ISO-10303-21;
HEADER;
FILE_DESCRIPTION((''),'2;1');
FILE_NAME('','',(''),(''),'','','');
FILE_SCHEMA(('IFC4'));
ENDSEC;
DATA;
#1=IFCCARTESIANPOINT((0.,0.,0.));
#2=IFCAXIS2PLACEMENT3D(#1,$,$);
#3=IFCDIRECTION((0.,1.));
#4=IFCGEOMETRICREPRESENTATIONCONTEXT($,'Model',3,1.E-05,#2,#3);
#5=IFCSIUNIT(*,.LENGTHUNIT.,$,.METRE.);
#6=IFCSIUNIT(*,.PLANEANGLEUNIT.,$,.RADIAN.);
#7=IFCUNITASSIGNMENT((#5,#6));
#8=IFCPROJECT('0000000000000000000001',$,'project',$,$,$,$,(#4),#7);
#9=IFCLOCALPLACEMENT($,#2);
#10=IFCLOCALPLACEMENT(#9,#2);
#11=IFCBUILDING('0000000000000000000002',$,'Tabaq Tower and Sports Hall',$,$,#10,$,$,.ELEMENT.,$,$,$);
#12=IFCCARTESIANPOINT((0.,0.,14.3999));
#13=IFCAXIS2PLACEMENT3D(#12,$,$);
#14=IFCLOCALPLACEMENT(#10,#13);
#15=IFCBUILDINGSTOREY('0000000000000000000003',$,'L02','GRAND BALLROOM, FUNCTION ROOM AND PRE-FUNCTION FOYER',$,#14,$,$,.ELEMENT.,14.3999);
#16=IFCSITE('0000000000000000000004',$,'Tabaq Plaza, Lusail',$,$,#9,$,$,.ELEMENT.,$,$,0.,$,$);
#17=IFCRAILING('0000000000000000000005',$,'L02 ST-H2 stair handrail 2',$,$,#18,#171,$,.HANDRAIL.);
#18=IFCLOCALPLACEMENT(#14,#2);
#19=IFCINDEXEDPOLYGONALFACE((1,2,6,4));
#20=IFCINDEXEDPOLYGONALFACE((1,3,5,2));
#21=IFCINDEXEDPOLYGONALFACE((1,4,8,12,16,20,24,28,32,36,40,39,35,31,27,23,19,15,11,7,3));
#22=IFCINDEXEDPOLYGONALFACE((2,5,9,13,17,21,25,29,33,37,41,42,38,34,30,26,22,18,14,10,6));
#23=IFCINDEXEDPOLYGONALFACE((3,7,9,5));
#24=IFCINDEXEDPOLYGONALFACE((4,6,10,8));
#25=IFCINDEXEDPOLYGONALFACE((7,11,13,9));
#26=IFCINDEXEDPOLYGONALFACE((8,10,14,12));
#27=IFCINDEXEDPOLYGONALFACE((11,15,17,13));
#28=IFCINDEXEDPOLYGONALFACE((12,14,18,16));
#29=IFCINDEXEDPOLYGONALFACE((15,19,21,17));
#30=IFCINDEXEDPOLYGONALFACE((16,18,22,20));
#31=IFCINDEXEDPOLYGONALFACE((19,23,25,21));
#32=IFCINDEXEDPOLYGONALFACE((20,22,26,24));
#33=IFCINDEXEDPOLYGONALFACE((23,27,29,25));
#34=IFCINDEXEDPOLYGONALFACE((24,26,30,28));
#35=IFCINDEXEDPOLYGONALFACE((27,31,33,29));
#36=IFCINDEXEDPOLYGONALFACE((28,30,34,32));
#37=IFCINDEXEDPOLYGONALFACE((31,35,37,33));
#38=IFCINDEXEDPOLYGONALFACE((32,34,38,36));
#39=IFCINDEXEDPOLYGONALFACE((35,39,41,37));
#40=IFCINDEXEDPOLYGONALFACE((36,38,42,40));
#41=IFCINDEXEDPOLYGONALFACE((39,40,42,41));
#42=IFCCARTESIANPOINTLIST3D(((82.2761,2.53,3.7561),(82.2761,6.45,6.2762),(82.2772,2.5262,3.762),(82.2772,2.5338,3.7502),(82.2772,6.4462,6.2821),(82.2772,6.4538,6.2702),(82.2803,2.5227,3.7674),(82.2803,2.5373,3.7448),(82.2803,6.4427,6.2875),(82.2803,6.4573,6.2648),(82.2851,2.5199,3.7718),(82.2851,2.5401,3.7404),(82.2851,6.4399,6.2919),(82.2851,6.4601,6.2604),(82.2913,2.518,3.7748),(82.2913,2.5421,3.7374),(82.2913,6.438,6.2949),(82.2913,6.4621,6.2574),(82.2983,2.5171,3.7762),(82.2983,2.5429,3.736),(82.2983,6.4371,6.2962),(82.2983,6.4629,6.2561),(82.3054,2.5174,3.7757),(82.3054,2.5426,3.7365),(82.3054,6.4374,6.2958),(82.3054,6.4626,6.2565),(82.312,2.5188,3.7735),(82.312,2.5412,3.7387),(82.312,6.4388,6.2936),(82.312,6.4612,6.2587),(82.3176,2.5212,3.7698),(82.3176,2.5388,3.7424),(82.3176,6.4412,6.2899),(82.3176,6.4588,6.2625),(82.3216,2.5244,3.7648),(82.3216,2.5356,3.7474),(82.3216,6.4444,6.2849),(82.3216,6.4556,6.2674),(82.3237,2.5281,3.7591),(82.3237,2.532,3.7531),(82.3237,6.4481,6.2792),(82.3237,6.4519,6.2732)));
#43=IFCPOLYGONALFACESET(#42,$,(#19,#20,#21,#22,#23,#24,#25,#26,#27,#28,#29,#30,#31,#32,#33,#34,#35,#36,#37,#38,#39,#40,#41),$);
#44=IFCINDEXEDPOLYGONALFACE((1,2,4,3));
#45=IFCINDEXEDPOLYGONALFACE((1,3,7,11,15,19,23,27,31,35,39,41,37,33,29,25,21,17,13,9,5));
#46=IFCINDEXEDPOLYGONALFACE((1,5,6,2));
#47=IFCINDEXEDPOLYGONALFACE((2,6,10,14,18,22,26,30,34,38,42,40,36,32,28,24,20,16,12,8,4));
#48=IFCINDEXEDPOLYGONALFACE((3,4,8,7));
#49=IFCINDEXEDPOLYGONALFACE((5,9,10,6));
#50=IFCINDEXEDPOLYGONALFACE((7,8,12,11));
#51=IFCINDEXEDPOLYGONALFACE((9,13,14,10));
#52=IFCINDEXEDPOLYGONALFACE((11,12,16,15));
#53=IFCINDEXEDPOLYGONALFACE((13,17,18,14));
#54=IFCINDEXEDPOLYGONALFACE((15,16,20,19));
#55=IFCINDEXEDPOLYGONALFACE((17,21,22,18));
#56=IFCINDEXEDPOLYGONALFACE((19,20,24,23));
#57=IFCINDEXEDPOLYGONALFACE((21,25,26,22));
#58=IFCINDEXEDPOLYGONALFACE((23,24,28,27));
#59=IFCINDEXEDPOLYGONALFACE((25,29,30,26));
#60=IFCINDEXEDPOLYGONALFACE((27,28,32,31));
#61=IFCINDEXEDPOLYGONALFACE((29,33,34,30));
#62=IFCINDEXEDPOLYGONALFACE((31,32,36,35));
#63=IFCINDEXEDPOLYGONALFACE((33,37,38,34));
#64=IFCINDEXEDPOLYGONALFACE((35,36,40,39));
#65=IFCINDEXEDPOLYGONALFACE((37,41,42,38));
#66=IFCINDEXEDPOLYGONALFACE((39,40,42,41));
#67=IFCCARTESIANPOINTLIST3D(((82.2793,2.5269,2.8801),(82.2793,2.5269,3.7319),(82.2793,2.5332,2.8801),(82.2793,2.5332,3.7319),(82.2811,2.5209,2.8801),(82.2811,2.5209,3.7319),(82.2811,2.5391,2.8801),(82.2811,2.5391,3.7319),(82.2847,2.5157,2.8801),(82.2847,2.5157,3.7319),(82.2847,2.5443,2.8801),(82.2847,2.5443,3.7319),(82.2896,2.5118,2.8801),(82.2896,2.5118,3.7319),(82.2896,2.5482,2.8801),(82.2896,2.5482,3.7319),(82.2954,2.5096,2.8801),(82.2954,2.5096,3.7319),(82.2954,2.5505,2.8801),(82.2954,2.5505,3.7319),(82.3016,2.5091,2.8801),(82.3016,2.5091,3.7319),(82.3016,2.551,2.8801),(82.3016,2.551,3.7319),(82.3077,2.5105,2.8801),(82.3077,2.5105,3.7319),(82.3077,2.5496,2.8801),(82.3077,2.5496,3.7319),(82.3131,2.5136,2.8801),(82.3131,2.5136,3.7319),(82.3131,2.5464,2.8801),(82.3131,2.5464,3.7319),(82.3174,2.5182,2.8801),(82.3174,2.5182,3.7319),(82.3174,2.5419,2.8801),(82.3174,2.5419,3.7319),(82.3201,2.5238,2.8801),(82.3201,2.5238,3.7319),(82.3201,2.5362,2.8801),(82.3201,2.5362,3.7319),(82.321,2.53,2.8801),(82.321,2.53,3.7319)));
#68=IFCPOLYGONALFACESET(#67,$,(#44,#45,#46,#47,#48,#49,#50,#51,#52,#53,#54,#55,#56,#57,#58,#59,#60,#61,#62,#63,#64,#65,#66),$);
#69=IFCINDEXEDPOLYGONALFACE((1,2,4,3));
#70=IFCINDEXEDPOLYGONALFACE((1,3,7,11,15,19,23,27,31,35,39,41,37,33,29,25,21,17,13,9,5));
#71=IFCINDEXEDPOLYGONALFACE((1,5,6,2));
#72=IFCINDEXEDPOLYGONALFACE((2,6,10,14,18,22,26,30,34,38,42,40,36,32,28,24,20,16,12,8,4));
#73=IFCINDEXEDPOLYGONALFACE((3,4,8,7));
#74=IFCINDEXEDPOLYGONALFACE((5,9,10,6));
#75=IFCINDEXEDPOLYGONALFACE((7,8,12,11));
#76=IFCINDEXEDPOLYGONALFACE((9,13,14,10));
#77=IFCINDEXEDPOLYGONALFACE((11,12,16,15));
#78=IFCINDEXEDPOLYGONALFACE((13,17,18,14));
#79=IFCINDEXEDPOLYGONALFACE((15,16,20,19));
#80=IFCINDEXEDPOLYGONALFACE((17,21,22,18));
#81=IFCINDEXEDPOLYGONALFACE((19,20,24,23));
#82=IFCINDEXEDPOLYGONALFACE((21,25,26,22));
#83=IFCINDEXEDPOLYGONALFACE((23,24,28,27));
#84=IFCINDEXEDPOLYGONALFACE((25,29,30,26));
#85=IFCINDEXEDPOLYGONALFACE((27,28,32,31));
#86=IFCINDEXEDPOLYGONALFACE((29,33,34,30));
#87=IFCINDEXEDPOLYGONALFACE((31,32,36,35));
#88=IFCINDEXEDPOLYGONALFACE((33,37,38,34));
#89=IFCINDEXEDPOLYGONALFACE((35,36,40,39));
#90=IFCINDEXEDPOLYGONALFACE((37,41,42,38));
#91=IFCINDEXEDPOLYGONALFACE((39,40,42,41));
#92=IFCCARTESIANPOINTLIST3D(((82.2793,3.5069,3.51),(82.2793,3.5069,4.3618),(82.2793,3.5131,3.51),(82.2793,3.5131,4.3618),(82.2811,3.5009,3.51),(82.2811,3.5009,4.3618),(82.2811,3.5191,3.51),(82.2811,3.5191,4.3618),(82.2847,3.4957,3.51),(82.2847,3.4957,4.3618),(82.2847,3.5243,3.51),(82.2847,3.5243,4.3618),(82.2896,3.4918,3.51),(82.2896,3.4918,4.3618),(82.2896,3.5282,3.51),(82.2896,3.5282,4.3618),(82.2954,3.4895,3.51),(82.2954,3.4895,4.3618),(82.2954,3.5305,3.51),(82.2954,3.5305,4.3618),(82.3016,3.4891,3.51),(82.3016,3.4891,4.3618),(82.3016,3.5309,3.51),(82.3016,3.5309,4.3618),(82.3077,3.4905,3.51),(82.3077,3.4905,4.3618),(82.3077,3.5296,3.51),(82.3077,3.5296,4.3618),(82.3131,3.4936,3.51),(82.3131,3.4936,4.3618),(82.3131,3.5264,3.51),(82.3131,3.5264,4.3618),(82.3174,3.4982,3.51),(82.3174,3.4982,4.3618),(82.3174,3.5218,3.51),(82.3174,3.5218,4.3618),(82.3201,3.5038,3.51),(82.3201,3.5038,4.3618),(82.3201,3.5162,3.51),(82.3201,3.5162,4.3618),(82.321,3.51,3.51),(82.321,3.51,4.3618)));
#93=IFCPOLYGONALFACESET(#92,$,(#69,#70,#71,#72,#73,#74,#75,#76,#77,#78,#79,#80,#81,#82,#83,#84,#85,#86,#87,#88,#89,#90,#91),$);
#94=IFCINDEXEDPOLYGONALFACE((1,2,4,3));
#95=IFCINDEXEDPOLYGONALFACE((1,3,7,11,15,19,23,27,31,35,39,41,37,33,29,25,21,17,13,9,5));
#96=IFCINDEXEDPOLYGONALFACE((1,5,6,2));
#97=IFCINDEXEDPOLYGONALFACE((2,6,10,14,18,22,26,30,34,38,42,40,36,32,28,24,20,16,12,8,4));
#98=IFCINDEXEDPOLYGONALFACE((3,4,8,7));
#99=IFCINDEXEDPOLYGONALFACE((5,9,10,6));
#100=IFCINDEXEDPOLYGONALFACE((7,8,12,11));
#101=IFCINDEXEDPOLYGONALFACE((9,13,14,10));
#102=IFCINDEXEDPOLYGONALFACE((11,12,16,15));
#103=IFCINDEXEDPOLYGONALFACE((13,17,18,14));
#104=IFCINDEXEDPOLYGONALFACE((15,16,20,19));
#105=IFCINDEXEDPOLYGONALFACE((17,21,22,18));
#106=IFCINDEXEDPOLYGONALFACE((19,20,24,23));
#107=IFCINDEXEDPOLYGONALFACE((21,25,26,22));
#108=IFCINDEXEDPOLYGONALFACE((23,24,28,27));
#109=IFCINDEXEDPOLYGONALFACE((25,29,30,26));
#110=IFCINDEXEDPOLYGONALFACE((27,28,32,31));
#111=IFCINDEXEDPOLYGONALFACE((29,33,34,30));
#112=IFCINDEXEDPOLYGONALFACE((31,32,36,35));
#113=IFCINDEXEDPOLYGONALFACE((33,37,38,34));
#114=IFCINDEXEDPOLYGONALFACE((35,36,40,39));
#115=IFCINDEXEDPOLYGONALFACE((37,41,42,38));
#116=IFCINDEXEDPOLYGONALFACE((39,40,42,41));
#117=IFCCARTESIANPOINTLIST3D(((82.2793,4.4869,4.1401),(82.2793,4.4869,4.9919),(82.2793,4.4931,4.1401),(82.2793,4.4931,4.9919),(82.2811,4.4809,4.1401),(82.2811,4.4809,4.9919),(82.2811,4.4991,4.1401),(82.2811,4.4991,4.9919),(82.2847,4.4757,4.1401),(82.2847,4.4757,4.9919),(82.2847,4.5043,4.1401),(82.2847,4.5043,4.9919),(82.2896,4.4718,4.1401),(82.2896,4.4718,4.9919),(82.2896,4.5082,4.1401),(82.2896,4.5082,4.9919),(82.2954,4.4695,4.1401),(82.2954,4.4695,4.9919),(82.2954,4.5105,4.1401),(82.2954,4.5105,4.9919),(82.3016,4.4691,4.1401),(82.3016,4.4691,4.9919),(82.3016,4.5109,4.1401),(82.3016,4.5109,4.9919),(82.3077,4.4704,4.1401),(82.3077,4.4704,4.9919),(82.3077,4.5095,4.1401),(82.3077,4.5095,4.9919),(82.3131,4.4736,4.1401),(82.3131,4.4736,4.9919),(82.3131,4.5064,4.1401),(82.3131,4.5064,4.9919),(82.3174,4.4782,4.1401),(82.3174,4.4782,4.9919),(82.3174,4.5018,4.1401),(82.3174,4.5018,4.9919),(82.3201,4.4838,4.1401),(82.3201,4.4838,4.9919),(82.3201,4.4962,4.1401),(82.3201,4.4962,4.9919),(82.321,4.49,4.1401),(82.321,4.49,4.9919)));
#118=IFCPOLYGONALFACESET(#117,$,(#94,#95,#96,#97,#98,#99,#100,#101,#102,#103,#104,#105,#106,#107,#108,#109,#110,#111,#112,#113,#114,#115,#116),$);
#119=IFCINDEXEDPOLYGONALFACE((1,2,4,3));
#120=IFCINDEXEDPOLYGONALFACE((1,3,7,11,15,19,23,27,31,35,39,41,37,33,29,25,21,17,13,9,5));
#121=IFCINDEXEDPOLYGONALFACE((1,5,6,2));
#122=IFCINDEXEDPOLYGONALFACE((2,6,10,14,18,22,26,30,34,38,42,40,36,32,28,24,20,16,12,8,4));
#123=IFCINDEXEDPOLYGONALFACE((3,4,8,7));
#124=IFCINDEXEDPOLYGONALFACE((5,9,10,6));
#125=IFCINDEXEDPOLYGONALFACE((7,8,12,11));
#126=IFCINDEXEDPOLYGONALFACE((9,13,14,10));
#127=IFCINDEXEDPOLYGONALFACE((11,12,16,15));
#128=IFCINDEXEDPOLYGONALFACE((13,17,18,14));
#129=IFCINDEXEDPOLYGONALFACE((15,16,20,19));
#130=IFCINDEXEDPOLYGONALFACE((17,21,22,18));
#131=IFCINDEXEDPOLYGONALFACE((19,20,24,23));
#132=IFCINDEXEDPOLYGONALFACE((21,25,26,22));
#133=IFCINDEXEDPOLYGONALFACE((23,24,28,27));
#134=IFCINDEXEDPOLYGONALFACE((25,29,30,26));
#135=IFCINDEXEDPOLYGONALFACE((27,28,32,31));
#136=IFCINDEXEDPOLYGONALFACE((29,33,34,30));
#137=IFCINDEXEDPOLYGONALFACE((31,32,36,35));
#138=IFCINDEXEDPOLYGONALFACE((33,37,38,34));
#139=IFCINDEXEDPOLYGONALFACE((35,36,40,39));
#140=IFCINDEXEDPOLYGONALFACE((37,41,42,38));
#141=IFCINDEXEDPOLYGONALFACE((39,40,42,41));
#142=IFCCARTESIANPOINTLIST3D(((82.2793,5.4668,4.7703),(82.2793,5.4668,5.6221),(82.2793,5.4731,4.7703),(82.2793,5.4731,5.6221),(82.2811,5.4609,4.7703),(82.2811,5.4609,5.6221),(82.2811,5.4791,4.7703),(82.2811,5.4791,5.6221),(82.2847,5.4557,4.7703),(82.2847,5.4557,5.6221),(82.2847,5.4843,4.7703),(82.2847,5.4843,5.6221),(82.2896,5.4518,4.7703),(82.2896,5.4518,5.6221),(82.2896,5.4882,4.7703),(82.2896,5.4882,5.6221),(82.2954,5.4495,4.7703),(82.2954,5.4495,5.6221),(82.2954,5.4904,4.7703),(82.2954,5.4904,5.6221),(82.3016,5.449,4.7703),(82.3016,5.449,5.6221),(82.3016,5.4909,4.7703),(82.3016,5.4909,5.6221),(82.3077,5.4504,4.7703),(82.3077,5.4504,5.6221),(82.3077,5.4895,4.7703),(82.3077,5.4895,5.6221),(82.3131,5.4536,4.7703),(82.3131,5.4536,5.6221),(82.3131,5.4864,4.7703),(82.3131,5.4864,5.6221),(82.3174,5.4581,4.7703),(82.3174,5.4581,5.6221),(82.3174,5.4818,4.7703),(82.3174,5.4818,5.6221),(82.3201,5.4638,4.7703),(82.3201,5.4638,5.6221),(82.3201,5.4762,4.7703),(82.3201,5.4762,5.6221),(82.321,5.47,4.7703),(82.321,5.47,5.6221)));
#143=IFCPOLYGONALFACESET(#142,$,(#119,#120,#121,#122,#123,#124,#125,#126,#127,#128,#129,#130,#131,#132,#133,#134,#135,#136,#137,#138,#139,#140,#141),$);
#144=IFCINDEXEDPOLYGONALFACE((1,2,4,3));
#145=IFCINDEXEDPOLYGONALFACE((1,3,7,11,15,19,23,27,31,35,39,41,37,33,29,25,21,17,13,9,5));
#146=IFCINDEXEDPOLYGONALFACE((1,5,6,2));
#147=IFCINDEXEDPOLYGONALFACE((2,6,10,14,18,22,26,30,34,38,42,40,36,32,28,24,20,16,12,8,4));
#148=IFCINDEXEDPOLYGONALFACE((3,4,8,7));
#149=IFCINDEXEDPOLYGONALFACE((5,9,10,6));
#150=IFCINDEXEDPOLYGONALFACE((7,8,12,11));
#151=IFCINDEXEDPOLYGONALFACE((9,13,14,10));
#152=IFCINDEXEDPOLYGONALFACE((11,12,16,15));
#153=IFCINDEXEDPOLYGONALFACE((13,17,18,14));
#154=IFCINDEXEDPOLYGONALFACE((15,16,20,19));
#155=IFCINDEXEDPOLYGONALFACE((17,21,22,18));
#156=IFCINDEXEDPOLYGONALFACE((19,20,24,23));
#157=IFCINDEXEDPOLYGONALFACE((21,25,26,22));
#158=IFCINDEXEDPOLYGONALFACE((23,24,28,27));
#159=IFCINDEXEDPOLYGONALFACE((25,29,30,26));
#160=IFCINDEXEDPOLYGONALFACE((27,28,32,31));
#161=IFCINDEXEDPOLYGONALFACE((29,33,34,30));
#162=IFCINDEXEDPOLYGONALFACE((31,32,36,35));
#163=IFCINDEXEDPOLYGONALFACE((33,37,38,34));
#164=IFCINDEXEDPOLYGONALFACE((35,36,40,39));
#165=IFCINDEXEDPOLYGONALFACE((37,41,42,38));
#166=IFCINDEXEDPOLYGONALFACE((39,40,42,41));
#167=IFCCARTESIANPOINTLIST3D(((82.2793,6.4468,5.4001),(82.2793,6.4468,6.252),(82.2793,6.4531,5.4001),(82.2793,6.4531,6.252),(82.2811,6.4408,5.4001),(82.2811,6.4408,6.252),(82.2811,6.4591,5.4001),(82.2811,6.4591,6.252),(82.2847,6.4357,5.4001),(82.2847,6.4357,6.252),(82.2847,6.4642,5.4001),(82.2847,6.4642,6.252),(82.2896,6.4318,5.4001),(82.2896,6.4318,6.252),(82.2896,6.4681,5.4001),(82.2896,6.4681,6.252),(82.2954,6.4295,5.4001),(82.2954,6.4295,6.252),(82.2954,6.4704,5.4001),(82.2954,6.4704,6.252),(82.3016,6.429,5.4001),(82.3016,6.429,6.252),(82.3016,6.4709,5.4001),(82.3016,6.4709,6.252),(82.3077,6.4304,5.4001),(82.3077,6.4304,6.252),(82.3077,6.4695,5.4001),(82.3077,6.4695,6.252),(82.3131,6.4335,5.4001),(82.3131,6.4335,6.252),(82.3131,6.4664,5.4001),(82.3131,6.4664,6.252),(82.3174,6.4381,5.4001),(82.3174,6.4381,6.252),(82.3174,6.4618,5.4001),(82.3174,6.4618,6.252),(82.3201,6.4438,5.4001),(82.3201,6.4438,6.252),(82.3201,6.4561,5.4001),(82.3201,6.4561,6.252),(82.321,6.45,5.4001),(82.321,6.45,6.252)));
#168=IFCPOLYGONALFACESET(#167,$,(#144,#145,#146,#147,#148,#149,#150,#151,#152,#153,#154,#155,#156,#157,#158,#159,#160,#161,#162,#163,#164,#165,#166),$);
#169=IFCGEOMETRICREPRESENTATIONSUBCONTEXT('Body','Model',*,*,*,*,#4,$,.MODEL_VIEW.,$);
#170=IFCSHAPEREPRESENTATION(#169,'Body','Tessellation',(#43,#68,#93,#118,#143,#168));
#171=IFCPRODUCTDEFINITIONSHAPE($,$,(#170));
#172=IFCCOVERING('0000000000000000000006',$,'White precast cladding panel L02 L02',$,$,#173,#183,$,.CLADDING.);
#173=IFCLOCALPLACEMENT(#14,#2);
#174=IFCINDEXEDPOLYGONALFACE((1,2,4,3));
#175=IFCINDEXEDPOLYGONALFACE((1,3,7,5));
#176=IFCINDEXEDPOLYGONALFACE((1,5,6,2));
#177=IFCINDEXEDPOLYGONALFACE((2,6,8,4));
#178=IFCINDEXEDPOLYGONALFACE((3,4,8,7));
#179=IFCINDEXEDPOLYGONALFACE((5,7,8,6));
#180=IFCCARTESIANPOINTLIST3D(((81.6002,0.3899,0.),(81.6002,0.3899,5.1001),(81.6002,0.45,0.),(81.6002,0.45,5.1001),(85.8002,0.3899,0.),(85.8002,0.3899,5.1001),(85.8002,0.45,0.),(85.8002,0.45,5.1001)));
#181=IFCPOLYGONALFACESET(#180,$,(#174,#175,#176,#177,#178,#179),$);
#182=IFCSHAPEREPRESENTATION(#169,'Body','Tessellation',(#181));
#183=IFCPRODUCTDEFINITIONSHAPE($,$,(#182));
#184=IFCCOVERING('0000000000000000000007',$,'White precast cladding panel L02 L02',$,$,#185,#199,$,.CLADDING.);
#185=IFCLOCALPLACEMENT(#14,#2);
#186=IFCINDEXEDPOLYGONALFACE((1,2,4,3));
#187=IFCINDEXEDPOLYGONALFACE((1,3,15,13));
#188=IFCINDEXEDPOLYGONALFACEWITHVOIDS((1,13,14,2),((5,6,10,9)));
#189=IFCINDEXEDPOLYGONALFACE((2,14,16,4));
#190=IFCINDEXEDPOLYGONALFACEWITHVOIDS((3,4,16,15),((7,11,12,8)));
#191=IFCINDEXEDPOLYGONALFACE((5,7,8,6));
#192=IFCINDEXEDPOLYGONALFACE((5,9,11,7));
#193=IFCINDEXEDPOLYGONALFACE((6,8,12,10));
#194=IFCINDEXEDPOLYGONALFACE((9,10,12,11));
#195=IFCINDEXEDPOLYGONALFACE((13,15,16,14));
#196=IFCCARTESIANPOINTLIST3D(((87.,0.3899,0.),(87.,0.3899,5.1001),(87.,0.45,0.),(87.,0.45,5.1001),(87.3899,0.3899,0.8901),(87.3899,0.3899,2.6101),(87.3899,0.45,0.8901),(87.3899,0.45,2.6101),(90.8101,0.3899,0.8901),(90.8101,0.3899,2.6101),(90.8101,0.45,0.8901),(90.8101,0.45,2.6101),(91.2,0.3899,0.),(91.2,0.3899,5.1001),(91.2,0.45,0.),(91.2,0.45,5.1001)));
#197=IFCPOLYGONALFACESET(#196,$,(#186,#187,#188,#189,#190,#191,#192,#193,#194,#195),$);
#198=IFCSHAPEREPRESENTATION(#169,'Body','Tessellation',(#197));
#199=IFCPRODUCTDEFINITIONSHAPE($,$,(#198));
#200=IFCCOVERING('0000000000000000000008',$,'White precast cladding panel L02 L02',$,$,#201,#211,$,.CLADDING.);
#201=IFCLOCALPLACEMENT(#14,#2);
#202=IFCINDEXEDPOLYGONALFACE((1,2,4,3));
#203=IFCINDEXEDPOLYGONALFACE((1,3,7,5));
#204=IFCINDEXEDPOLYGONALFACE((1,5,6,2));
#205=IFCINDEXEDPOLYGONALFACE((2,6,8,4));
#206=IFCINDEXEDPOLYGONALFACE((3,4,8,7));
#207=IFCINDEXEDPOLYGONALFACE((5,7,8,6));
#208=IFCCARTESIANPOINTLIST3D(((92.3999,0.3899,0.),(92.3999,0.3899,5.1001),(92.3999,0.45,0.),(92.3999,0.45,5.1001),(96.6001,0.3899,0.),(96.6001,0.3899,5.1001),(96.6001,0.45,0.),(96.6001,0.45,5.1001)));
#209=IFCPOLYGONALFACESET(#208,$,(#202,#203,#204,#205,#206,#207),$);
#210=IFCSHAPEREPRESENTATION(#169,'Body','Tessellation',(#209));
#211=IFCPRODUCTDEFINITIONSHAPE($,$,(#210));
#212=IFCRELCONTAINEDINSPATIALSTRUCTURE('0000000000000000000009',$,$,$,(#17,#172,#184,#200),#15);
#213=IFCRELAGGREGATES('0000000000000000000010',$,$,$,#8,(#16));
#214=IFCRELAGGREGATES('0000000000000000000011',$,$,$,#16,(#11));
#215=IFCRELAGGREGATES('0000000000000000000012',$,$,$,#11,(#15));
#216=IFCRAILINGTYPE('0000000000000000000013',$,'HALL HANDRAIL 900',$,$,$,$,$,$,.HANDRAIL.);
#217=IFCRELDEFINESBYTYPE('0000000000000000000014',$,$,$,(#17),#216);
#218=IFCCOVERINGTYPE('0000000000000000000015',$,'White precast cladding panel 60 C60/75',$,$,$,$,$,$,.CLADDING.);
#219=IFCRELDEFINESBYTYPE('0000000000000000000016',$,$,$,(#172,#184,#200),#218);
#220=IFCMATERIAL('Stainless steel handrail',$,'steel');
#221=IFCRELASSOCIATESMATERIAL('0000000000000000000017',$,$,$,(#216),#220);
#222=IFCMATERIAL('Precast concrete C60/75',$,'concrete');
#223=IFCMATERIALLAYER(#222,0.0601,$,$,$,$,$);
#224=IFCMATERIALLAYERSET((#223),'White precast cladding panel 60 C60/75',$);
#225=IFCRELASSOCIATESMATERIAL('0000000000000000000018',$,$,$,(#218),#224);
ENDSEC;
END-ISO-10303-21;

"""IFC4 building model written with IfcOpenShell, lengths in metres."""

from ifc_helpers import new_model, si_unit, direction, frame, frame_2d, origin, origin_2d, place, context, subcontext, project, spatial, polyline, rectangle, circle, outline, extrude, material, layer, layer_set, type_object, element, save


model = new_model("IFC4")

# Units and contexts
model_context = context("Model", 3, precision=1e-05, world=origin(), true_north=direction((0.0, 1.0)))
body_context = subcontext(model_context, "Body", "Model", "MODEL_VIEW")
ifc_project = project(units=[si_unit("LENGTHUNIT", "METRE"), si_unit("PLANEANGLEUNIT", "RADIAN")], contexts=[model_context])

# Site, building, storey
site_placement = place(None, origin())
site = spatial("IfcSite", under=ifc_project, at=site_placement, Name="Tabaq Plaza, Lusail", CompositionType="ELEMENT", RefElevation=0.0)
building_placement = place(site_placement, origin())
building = spatial("IfcBuilding", under=site, at=building_placement, Name="Tabaq Tower and Sports Hall", CompositionType="ELEMENT")
storey_placement = place(building_placement, frame((0.0, 0.0, 14.3999)))
storey = spatial("IfcBuildingStorey", under=building, at=storey_placement, Name="L02", Description="GRAND BALLROOM, FUNCTION ROOM AND PRE-FUNCTION FOYER", CompositionType="ELEMENT", Elevation=14.3999)

# Railing
ifc_material_1 = material(Name="Stainless steel handrail", Category="steel")
railing_type_1 = type_object("IfcRailingType", Name="HALL HANDRAIL 900", PredefinedType="HANDRAIL", material=ifc_material_1)
railing_1_placement = place(storey_placement, frame((82.3, 2.53, 2.8801)))
element("IfcRailing", 1, at=railing_1_placement, inside=storey, type_object=railing_type_1, Name="L02 ST-H2 stair handrail 2", PredefinedType="HANDRAIL", context=body_context, shape_type="SweptSolid", body=[
    extrude(circle(Radius=0.0239, at=origin_2d()), frame((0.0, 0.0, 0.876), z_axis=(0.0, 0.841172, 0.540768), x_axis=(-1.0, 0.0, 0.0)), (0.0, 0.0, 1.0), 4.6602),
    extrude(circle(Radius=0.021, at=origin_2d()), origin(), (0.0, 0.0, 1.0), 0.8518),
    extrude(circle(Radius=0.021, at=origin_2d()), frame((0.0, 0.98, 0.6299)), (0.0, 0.0, 1.0), 0.8518),
    extrude(circle(Radius=0.021, at=origin_2d()), frame((0.0, 1.96, 1.26)), (0.0, 0.0, 1.0), 0.8518),
    extrude(circle(Radius=0.021, at=origin_2d()), frame((0.0, 2.9399, 1.8901)), (0.0, 0.0, 1.0), 0.8518),
    extrude(circle(Radius=0.021, at=origin_2d()), frame((0.0, 3.9199, 2.52)), (0.0, 0.0, 1.0), 0.8518),
])

# Coverings
ifc_material_2 = material(Name="Precast concrete C60/75", Category="concrete")
ifc_layer_1 = layer(ifc_material_2, 0.0601)
ifc_layer_set_1 = layer_set([ifc_layer_1], Name="White precast cladding panel 60 C60/75")
covering_type = type_object("IfcCoveringType", Name="White precast cladding panel 60 C60/75", PredefinedType="CLADDING", material=ifc_layer_set_1)
covering_1_placement = place(storey_placement, frame((81.6001, 0.4199, 0.0), z_axis=(0.0, 0.0, 1.0), x_axis=(1.0, 0.0, 0.0)))
element("IfcCovering", 2, at=covering_1_placement, inside=storey, type_object=covering_type, Name="White precast cladding panel L02 L02", PredefinedType="CLADDING", context=body_context, shape_type="SweptSolid", body=[
    extrude(rectangle(XDim=4.2, YDim=0.0601, at=frame_2d((2.1001, 0.0))), origin(), (0.0, 0.0, 1.0), 5.1001),
])
covering_2_placement = place(storey_placement, frame((87.0, 0.4199, 0.0), z_axis=(0.0, 0.0, 1.0), x_axis=(1.0, 0.0, 0.0)))
element("IfcCovering", 3, at=covering_2_placement, inside=storey, type_object=covering_type, Name="White precast cladding panel L02 L02", PredefinedType="CLADDING", context=body_context, shape_type="SweptSolid", body=[
    extrude(outline(polyline([(0.0, 0.0), (4.2, 0.0), (4.2, 5.1001), (0.0, 5.1001), (0.0, 0.0)]), holes=[polyline([(0.3899, 0.8901), (0.3899, 2.6101), (3.8101, 2.6101), (3.8101, 0.8901), (0.3899, 0.8901)])]), frame((0.0, 0.03, 0.0), z_axis=(0.0, -1.0, 0.0), x_axis=(1.0, 0.0, 0.0)), (0.0, 0.0, 1.0), 0.0601),
])
covering_3_placement = place(storey_placement, frame((92.3999, 0.4199, 0.0), z_axis=(0.0, 0.0, 1.0), x_axis=(1.0, 0.0, 0.0)))
element("IfcCovering", 4, at=covering_3_placement, inside=storey, type_object=covering_type, Name="White precast cladding panel L02 L02", PredefinedType="CLADDING", context=body_context, shape_type="SweptSolid", body=[
    extrude(rectangle(XDim=4.2002, YDim=0.0601, at=frame_2d((2.1001, 0.0))), origin(), (0.0, 0.0, 1.0), 5.1001),
])

save(model, "model.ifc")
